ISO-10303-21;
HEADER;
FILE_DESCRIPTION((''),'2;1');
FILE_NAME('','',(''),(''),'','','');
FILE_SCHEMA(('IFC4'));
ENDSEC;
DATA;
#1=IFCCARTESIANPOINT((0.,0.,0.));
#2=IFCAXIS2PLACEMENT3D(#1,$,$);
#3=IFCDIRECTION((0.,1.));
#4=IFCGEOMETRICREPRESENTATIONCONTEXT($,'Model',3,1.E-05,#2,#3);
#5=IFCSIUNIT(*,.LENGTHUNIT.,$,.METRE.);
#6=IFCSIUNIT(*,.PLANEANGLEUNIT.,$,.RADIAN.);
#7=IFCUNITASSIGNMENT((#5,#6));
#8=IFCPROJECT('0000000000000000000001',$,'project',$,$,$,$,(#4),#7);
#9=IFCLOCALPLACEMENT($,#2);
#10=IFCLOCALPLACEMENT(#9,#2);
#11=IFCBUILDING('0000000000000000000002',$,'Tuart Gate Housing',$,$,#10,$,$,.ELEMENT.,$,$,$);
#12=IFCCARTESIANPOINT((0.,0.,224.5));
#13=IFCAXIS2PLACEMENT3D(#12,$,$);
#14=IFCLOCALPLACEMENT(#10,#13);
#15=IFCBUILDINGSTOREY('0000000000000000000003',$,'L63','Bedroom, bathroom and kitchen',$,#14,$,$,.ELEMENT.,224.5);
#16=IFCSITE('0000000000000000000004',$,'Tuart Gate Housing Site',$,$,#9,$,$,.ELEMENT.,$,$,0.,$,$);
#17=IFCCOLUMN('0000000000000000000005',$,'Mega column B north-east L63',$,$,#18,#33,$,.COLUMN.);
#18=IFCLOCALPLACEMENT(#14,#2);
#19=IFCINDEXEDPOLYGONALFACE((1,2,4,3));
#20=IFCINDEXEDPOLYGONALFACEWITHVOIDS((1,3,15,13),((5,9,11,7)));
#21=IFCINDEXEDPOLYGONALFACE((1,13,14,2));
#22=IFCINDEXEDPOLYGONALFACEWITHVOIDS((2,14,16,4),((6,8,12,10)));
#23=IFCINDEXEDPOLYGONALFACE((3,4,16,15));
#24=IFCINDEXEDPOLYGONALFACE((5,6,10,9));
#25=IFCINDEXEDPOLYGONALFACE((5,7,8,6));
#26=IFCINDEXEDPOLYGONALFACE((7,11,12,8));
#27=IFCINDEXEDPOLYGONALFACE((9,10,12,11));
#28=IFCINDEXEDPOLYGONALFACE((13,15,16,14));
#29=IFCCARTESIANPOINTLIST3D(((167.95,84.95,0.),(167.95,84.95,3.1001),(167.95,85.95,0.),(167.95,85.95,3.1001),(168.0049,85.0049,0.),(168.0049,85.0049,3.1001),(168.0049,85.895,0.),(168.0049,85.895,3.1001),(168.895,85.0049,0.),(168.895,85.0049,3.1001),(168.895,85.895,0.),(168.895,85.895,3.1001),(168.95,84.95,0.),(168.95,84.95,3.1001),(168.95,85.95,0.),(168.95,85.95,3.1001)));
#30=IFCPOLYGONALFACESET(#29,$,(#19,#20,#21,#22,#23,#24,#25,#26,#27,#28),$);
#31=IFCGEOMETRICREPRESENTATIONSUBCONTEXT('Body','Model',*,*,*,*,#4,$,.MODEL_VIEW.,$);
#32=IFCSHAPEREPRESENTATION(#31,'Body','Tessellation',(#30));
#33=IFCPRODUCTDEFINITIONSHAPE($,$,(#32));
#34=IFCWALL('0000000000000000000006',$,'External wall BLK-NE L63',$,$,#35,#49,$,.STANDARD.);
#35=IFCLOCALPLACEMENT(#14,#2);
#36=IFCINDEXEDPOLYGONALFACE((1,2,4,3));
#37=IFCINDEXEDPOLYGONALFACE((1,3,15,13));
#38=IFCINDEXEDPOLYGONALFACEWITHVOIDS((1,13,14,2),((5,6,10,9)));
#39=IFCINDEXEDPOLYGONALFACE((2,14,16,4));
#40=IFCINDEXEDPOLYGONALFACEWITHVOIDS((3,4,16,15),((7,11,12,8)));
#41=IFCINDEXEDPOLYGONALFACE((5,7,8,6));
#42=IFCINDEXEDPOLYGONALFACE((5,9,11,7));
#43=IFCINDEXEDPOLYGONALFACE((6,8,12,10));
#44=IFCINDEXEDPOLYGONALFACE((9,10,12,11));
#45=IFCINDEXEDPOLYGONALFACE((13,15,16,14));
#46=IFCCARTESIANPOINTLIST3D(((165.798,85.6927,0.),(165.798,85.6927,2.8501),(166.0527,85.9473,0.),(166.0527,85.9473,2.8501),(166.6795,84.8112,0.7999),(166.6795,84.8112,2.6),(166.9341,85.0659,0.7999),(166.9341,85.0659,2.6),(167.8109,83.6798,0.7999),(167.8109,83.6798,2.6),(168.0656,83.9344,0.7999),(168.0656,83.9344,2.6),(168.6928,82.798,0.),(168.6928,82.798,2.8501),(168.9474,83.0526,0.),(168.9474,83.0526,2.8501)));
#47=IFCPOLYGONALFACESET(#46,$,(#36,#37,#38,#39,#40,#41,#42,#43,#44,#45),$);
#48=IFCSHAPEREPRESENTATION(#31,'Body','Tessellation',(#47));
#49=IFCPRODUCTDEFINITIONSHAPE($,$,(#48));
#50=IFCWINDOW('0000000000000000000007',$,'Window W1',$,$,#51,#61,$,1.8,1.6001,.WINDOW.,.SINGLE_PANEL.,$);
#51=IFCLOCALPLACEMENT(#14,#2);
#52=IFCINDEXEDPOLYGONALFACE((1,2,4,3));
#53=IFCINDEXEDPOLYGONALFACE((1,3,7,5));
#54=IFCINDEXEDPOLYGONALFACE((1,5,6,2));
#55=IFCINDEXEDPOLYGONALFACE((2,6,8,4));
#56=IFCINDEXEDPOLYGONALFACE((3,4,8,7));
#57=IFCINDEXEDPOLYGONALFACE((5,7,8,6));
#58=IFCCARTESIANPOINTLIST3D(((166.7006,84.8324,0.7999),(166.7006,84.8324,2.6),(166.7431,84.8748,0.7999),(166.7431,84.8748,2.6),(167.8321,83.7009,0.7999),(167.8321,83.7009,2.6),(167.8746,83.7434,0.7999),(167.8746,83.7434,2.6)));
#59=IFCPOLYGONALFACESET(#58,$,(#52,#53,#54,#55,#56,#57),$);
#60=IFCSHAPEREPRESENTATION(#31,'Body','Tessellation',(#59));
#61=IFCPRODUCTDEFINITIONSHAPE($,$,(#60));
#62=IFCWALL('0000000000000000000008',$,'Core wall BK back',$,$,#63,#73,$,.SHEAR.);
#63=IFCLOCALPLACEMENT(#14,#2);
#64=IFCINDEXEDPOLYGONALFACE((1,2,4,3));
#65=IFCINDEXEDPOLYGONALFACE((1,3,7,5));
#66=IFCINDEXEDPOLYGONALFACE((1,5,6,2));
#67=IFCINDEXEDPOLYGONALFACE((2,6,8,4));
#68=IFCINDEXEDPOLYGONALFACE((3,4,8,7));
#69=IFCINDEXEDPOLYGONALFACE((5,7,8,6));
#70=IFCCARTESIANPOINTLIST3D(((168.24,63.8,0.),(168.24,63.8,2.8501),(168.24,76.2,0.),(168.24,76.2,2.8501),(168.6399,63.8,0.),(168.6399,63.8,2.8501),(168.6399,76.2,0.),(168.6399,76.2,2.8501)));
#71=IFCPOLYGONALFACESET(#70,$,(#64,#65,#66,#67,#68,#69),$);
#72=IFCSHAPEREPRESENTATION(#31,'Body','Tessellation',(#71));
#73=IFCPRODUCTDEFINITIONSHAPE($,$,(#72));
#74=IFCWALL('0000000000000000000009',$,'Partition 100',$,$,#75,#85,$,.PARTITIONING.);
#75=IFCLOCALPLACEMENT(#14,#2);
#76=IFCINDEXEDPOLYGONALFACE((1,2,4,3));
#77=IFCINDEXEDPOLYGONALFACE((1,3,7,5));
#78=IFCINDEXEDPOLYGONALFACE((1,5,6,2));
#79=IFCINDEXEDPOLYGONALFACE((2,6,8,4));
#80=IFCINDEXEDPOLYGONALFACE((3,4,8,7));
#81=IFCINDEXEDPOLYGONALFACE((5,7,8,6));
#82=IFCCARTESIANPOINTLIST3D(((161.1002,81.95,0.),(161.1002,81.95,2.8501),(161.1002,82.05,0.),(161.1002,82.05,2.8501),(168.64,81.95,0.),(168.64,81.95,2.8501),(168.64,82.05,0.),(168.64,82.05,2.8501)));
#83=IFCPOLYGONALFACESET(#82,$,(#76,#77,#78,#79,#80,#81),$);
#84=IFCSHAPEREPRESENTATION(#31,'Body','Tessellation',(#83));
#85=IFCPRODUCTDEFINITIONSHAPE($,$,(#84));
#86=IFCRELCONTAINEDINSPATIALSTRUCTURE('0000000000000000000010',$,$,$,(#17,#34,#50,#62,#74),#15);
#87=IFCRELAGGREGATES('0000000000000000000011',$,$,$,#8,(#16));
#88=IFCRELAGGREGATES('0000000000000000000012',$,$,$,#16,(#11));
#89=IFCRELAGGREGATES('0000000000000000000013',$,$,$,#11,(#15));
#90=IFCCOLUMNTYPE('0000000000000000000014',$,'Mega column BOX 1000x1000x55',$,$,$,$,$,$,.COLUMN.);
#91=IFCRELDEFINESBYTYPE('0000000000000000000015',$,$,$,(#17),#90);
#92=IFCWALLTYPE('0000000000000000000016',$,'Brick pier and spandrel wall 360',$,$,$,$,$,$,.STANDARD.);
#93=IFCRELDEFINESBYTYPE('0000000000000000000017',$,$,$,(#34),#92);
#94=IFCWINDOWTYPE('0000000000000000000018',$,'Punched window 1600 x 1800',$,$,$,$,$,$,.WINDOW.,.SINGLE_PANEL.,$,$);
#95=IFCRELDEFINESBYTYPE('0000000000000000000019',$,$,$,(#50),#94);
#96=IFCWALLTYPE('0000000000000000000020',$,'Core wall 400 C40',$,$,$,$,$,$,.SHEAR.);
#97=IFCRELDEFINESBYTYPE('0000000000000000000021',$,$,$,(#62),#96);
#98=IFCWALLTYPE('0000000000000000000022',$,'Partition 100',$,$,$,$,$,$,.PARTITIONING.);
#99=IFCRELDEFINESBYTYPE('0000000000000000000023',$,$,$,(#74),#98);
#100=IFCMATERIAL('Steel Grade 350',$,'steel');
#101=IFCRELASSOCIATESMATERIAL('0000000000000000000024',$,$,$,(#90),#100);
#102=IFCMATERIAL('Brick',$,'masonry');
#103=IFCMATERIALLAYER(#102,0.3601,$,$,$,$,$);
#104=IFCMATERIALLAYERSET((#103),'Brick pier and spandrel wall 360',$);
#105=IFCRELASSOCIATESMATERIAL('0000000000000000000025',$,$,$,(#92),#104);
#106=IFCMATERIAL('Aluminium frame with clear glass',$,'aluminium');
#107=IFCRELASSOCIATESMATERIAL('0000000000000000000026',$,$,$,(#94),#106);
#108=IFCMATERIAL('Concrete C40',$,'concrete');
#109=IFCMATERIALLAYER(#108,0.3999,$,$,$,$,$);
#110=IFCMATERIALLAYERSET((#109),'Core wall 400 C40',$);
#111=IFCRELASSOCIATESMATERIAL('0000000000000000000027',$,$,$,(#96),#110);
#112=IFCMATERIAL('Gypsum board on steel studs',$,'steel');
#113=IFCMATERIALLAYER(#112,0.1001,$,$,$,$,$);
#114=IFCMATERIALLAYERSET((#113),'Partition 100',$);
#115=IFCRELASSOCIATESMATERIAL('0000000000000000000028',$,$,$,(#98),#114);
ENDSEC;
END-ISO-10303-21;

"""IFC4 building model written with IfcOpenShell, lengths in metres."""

from ifc_helpers import new_model, si_unit, direction, frame, frame_2d, origin, origin_2d, place, context, subcontext, project, spatial, rectangle, hollow_rectangle, extrude, material, layer, layer_set, material_profile, profile_set, type_object, element, fill, save


model = new_model("IFC4")

# Units and contexts
model_context = context("Model", 3, precision=1e-05, world=origin(), true_north=direction((0.0, 1.0)))
body_context = subcontext(model_context, "Body", "Model", "MODEL_VIEW")
ifc_project = project(units=[si_unit("LENGTHUNIT", "METRE"), si_unit("PLANEANGLEUNIT", "RADIAN")], contexts=[model_context])

# Site, building, storey
site_placement = place(None, origin())
site = spatial("IfcSite", under=ifc_project, at=site_placement, Name="Tuart Gate Housing Site", CompositionType="ELEMENT", RefElevation=0.0)
building_placement = place(site_placement, origin())
building = spatial("IfcBuilding", under=site, at=building_placement, Name="Tuart Gate Housing", CompositionType="ELEMENT")
storey_placement = place(building_placement, frame((0.0, 0.0, 224.5)))
storey = spatial("IfcBuildingStorey", under=building, at=storey_placement, Name="L63", Description="Bedroom, bathroom and kitchen", CompositionType="ELEMENT", Elevation=224.5)

# Column
ifc_material_1 = material(Name="Steel Grade 350", Category="steel")
ifc_material_profile = material_profile(ifc_material_1, hollow_rectangle(XDim=1.0, YDim=1.0, WallThickness=0.0549, at=origin_2d()), Name="BOX 1000x1000x55")
ifc_profile_set = profile_set([ifc_material_profile], Name="Steel Grade 350")
column_type = type_object("IfcColumnType", Name="Mega column BOX 1000x1000x55", PredefinedType="COLUMN", material=ifc_profile_set)
column_placement = place(storey_placement, frame((168.45, 85.45, 0.0), z_axis=(0.0, 0.0, 1.0), x_axis=(1.0, 0.0, 0.0)))
element("IfcColumn", 1, at=column_placement, inside=storey, type_object=column_type, Name="Mega column B north-east L63", PredefinedType="COLUMN", context=body_context, shape_type="SweptSolid", body=[
    extrude(hollow_rectangle(XDim=1.0, YDim=1.0, WallThickness=0.0549, at=origin_2d()), origin(), (0.0, 0.0, 1.0), 3.1001),
])

# Wall, opening, window
ifc_material_2 = material(Name="Brick", Category="masonry")
ifc_layer_1 = layer(ifc_material_2, 0.3601)
ifc_layer_set_1 = layer_set([ifc_layer_1], Name="Brick pier and spandrel wall 360")
wall_type_1 = type_object("IfcWallType", Name="Brick pier and spandrel wall 360", PredefinedType="STANDARD", material=ifc_layer_set_1)
wall_1_placement = place(storey_placement, frame((168.8201, 82.9253, 0.0), z_axis=(0.0, 0.0, 1.0), x_axis=(-0.707107, 0.707107, 0.0)))
wall_1 = element("IfcWall", 2, at=wall_1_placement, inside=storey, type_object=wall_type_1, Name="External wall BLK-NE L63", PredefinedType="STANDARD", context=body_context, shape_type="SweptSolid", body=[
    extrude(rectangle(XDim=4.0938, YDim=0.3601, at=frame_2d((2.0469, 0.0))), origin(), (0.0, 0.0, 1.0), 2.8501),
])
opening_1_placement = place(wall_1_placement, frame((1.2471, 0.0, 0.8)))
opening_1 = element("IfcOpeningElement", 3, at=opening_1_placement, cuts=wall_1, PredefinedType="OPENING", context=body_context, shape_type="SweptSolid", body=[
    extrude(rectangle(XDim=1.6001, YDim=1.8, at=frame_2d((0.8, 0.8999))), frame((0.0, 0.1899, 0.0), z_axis=(0.0, -1.0, 0.0), x_axis=(1.0, 0.0, 0.0)), (0.0, 0.0, 1.0), 0.3801),
])
ifc_material_3 = material(Name="Aluminium frame with clear glass", Category="aluminium")
window_type_1 = type_object("IfcWindowType", Name="Punched window 1600 x 1800", PartitioningType="SINGLE_PANEL", PredefinedType="WINDOW", material=ifc_material_3)
window_1_placement = place(opening_1_placement, origin())
window_1 = element("IfcWindow", 4, at=window_1_placement, inside=storey, type_object=window_type_1, Name="Window W1", OverallHeight=1.8, OverallWidth=1.6001, PartitioningType="SINGLE_PANEL", PredefinedType="WINDOW", context=body_context, shape_type="SweptSolid", body=[
    extrude(rectangle(XDim=1.6001, YDim=1.8, at=frame_2d((0.8, 0.8999))), frame((0.0, 0.1501, 0.0), z_axis=(0.0, -1.0, 0.0), x_axis=(1.0, 0.0, 0.0)), (0.0, 0.0, 1.0), 0.0601),
])
fill(opening_1, window_1)

# Walls
ifc_material_4 = material(Name="Concrete C40", Category="concrete")
ifc_layer_2 = layer(ifc_material_4, 0.3999)
ifc_layer_set_2 = layer_set([ifc_layer_2], Name="Core wall 400 C40")
wall_type_2 = type_object("IfcWallType", Name="Core wall 400 C40", PredefinedType="SHEAR", material=ifc_layer_set_2)
wall_2_placement = place(storey_placement, frame((168.4399, 76.2, 0.0), z_axis=(0.0, 0.0, 1.0), x_axis=(0.0, -1.0, 0.0)))
element("IfcWall", 5, at=wall_2_placement, inside=storey, type_object=wall_type_2, Name="Core wall BK back", PredefinedType="SHEAR", context=body_context, shape_type="SweptSolid", body=[
    extrude(rectangle(XDim=12.3999, YDim=0.3999, at=frame_2d((6.2, 0.0))), origin(), (0.0, 0.0, 1.0), 2.8501),
])
ifc_material_5 = material(Name="Gypsum board on steel studs", Category="steel")
ifc_layer_3 = layer(ifc_material_5, 0.1001)
ifc_layer_set_3 = layer_set([ifc_layer_3], Name="Partition 100")
wall_type_3 = type_object("IfcWallType", Name="Partition 100", PredefinedType="PARTITIONING", material=ifc_layer_set_3)
wall_3_placement = place(storey_placement, frame((161.1001, 82.0, 0.0), z_axis=(0.0, 0.0, 1.0), x_axis=(1.0, 0.0, 0.0)))
element("IfcWall", 6, at=wall_3_placement, inside=storey, type_object=wall_type_3, Name="Partition 100", PredefinedType="PARTITIONING", context=body_context, shape_type="SweptSolid", body=[
    extrude(rectangle(XDim=7.5398, YDim=0.1001, at=frame_2d((3.77, 0.0))), origin(), (0.0, 0.0, 1.0), 2.8501),
])

save(model, "model.ifc")
